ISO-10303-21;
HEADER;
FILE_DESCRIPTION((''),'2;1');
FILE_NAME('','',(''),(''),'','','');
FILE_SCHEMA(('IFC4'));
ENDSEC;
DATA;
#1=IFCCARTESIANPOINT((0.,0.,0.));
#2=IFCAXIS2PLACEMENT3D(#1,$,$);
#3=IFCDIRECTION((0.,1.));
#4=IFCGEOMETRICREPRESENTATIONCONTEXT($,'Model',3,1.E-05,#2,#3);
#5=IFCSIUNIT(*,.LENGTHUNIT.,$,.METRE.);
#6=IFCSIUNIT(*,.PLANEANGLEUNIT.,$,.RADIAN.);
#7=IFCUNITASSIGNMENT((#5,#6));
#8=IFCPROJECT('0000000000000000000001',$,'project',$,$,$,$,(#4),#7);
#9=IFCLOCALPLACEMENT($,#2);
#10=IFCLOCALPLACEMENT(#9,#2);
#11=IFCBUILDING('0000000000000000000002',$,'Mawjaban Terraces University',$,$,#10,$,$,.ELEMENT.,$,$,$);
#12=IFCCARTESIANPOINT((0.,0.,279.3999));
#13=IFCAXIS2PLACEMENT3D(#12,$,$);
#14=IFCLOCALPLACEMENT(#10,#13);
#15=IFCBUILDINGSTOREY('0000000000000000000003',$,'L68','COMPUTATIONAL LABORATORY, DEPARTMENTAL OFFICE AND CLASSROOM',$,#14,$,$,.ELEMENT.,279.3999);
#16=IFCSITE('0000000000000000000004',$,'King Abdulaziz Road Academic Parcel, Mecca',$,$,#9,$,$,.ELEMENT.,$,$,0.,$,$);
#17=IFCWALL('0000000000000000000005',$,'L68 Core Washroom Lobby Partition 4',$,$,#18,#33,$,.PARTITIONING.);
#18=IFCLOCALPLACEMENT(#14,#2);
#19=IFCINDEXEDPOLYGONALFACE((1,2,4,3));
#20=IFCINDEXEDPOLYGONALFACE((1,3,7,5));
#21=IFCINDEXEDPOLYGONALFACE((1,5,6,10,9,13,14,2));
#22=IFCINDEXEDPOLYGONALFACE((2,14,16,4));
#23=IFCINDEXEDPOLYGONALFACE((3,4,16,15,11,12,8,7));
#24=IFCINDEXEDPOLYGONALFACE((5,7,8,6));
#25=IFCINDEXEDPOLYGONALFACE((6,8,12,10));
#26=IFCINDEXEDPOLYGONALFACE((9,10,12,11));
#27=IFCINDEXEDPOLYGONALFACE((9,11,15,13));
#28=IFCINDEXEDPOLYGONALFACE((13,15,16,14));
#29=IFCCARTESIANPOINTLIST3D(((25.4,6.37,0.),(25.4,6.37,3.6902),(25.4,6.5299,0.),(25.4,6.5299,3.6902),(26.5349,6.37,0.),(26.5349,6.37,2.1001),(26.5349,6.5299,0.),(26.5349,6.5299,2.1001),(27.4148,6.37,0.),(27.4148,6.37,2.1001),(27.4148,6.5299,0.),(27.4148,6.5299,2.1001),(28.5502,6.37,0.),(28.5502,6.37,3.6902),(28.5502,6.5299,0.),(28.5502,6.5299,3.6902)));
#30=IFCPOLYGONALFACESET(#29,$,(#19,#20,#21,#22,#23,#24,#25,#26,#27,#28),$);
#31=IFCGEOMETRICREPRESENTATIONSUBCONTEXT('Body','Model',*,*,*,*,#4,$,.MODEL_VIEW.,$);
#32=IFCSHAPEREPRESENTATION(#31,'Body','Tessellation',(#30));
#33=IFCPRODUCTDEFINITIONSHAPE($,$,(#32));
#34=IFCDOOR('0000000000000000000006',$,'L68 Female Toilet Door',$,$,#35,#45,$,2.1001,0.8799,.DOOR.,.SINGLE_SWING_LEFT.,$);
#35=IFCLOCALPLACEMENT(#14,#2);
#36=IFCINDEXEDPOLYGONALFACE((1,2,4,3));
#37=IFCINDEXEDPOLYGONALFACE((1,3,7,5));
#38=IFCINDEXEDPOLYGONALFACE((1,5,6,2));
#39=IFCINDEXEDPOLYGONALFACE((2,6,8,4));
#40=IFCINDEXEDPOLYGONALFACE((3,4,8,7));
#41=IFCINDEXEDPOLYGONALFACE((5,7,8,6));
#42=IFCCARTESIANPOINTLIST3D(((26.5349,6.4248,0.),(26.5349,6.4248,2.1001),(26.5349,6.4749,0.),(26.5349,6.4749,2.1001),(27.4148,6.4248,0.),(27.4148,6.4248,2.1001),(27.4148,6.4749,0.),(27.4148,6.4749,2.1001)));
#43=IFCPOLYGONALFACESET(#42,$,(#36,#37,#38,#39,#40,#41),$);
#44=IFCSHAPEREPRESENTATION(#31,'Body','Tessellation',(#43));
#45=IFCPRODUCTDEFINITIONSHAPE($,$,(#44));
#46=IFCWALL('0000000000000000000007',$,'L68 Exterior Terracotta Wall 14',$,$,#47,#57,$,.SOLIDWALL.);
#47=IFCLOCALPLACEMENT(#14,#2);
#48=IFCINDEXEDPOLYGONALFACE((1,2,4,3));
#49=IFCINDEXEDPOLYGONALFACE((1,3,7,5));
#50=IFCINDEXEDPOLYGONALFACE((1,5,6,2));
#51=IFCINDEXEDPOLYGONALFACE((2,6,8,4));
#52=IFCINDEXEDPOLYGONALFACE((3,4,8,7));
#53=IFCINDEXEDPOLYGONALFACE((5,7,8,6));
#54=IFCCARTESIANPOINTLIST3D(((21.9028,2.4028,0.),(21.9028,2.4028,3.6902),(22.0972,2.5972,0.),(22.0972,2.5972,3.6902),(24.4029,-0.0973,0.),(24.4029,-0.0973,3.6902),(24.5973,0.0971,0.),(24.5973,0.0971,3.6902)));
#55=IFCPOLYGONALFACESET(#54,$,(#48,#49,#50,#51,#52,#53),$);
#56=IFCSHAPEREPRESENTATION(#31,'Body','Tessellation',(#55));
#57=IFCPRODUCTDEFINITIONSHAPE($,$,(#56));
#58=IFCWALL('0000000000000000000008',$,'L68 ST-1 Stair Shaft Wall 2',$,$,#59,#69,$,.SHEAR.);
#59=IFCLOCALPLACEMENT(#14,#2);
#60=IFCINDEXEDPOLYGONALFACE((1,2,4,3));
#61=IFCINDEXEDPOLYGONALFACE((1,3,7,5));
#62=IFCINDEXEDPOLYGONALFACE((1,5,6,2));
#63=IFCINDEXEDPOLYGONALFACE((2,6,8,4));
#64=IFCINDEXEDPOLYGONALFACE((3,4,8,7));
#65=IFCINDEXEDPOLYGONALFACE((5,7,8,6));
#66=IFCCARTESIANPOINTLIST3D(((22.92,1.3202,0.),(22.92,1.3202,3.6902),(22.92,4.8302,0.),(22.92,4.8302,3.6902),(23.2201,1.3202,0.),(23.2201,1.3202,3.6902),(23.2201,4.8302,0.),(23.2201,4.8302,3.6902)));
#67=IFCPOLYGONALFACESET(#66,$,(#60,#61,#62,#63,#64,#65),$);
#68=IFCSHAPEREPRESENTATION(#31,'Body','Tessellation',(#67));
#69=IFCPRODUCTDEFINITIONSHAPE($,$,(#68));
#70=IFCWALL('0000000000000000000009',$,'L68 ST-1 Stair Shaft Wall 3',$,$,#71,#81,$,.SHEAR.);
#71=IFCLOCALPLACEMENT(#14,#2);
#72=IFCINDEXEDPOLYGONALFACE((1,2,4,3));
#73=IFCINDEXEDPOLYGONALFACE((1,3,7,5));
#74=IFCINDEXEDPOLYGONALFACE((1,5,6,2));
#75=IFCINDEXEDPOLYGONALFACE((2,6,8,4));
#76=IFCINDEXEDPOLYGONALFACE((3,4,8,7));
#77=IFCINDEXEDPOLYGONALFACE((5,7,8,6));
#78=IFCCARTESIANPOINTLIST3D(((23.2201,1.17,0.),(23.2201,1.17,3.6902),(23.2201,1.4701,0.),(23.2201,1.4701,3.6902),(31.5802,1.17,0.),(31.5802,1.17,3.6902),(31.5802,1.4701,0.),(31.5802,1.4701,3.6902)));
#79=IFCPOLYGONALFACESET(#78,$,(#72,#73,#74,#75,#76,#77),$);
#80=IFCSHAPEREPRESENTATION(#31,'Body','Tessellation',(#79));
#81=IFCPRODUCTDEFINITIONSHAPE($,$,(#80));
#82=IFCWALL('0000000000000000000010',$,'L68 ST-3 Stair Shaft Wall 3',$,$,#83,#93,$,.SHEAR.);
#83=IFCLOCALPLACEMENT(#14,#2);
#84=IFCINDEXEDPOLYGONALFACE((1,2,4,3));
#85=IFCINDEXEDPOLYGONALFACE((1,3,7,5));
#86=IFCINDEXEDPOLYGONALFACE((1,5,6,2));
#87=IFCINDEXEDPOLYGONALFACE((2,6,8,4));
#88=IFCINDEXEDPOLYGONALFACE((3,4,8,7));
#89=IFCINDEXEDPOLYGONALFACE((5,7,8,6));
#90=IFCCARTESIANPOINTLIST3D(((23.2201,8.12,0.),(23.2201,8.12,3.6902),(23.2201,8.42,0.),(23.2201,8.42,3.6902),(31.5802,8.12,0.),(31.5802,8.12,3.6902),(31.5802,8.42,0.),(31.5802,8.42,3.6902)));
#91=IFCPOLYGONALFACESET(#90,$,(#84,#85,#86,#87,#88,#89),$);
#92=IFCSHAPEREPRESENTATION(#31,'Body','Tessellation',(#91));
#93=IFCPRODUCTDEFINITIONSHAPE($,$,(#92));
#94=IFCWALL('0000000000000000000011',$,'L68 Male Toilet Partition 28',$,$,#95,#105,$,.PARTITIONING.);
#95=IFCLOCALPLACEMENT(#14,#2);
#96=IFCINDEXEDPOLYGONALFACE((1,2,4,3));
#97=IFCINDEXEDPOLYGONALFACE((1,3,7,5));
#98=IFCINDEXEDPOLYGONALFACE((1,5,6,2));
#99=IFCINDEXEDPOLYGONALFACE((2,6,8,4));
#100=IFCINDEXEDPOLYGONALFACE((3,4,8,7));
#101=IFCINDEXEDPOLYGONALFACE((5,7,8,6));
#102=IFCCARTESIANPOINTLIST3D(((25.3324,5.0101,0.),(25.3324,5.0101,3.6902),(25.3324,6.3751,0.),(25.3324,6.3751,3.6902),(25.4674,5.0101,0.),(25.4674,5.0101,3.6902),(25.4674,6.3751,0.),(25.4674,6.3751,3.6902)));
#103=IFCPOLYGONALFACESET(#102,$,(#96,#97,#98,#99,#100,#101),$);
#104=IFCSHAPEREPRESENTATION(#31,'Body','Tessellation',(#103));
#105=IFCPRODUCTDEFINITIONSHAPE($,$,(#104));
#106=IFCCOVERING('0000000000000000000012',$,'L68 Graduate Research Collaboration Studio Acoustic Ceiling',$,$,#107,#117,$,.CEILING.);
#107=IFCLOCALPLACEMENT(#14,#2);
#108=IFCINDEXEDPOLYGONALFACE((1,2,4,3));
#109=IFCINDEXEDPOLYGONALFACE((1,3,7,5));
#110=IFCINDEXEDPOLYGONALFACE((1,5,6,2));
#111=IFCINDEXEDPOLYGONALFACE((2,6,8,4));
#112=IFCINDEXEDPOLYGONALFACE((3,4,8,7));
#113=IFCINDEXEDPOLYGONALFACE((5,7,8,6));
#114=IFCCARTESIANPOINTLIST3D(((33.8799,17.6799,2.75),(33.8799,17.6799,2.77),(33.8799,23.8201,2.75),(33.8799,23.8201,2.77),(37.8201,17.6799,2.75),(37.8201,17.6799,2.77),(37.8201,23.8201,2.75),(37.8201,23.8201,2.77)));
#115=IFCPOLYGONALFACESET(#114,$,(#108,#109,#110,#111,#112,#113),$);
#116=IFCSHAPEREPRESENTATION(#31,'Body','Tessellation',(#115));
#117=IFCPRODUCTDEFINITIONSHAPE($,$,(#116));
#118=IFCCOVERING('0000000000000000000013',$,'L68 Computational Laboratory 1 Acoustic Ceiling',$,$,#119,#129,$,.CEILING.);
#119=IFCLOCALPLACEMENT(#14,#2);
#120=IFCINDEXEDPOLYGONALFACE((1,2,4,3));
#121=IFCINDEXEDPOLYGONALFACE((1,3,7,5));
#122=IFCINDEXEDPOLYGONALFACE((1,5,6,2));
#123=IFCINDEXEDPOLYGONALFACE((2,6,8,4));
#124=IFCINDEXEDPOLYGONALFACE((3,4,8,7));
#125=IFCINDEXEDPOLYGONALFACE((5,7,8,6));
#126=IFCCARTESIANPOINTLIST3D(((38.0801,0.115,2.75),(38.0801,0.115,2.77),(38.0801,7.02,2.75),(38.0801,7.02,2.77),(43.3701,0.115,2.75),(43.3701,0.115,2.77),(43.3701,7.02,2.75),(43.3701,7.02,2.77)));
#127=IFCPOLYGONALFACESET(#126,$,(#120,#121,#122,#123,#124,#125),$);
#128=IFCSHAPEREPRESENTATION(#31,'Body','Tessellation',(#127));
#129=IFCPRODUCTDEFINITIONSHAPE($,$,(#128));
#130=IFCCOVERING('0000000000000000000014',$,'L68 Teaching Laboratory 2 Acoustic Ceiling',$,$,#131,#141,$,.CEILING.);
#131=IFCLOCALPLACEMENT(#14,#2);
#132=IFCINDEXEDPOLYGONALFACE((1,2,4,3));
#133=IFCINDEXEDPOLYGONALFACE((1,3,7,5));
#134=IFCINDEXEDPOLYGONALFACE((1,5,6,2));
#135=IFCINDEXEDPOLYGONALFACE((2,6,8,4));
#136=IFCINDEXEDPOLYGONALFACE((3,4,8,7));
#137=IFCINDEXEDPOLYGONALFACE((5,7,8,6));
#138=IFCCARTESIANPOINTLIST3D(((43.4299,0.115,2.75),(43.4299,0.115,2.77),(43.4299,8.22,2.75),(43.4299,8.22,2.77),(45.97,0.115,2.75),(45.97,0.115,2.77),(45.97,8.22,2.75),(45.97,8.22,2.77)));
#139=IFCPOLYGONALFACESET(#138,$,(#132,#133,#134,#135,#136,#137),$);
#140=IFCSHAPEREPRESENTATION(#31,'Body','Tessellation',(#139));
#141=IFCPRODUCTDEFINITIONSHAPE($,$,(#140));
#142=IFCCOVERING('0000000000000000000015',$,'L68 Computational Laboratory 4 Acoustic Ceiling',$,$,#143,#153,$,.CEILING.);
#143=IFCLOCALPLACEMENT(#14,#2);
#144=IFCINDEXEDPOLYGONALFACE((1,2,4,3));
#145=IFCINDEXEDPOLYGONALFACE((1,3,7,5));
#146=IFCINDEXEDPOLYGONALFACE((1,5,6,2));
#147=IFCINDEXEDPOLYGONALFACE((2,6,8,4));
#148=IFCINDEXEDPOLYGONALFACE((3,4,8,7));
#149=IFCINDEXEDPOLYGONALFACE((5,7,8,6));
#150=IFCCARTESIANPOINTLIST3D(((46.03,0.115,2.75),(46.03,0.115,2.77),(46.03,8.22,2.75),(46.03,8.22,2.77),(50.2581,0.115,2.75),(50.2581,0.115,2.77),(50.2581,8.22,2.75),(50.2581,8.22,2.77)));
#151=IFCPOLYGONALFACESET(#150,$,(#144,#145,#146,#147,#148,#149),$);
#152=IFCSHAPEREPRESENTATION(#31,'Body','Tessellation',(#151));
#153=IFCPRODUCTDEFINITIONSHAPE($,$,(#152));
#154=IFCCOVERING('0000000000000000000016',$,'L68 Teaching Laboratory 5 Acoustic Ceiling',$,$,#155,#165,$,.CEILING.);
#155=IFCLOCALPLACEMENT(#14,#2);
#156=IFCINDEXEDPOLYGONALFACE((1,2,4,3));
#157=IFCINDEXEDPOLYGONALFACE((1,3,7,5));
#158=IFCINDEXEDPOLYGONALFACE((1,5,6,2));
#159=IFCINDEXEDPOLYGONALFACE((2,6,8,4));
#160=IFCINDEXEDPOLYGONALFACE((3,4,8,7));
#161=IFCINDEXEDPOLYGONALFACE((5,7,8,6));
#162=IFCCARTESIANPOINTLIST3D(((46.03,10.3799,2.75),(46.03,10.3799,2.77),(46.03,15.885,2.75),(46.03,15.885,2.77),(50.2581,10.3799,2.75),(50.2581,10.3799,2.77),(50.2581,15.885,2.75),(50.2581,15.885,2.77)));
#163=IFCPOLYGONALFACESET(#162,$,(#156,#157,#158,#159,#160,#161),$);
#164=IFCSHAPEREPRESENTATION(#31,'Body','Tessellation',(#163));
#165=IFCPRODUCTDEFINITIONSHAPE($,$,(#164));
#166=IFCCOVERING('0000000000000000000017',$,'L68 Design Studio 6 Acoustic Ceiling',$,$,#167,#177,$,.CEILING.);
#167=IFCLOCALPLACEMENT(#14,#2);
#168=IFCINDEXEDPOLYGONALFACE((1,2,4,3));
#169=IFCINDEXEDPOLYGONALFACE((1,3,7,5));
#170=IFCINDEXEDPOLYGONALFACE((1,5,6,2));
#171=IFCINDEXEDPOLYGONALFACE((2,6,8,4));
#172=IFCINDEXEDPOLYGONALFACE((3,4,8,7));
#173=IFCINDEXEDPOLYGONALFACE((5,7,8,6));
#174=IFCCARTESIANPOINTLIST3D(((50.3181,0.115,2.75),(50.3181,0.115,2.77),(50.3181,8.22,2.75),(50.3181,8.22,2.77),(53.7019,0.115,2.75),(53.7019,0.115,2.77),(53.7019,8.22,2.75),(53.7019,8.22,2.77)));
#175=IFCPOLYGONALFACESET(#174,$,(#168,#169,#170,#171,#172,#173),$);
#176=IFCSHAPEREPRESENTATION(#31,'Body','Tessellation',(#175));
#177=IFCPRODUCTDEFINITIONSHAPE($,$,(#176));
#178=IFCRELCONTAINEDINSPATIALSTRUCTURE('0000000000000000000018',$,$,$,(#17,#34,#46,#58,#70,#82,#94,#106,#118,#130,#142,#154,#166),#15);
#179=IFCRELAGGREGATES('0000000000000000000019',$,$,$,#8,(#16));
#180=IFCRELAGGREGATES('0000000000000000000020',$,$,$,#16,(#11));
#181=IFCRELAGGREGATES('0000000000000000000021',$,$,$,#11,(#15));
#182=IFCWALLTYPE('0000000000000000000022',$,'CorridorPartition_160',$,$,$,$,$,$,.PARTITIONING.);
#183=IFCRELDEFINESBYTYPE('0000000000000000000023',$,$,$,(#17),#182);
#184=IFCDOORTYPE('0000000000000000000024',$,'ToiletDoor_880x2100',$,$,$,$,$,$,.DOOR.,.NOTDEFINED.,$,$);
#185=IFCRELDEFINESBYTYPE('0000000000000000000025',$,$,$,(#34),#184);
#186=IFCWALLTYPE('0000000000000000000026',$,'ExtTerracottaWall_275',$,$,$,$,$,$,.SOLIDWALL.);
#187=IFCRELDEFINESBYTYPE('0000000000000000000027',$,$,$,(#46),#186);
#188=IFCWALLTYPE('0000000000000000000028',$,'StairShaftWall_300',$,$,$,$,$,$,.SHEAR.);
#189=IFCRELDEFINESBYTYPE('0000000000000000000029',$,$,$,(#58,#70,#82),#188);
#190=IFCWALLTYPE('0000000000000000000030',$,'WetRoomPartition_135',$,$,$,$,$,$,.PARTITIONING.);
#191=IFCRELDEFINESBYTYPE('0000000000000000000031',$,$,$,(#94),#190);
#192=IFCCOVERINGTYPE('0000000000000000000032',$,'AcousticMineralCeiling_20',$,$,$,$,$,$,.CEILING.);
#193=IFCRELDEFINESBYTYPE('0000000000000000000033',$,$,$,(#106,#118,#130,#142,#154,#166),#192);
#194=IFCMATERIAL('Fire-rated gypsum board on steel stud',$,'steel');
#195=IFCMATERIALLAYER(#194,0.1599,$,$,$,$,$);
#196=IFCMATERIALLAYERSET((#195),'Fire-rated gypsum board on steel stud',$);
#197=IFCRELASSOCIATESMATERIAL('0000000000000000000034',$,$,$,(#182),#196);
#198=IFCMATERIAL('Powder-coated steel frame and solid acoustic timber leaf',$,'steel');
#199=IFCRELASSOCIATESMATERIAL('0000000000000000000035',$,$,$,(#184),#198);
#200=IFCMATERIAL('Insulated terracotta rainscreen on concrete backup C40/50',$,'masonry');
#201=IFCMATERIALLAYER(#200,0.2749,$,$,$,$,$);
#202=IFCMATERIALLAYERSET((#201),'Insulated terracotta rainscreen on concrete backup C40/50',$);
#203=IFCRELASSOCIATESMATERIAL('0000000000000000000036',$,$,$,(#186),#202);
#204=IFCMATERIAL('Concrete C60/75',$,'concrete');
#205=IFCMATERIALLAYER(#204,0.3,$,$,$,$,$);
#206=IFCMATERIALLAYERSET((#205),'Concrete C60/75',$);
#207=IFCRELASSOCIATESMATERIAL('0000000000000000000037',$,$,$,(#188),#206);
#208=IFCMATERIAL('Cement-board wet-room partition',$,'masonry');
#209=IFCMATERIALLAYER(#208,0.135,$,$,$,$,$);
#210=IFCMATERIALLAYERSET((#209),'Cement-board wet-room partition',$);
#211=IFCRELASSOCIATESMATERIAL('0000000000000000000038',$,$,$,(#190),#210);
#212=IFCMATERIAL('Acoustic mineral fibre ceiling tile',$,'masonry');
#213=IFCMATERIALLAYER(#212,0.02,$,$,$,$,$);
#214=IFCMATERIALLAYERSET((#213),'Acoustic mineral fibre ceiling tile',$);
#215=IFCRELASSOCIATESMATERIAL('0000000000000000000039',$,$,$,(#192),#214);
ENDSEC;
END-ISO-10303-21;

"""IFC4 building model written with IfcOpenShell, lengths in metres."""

from ifc_helpers import new_model, si_unit, direction, frame, frame_2d, origin, place, context, subcontext, project, spatial, polyline, rectangle, outline, extrude, material, layer, layer_set, type_object, element, fill, save


model = new_model("IFC4")

# Units and contexts
model_context = context("Model", 3, precision=1e-05, world=origin(), true_north=direction((0.0, 1.0)))
body_context = subcontext(model_context, "Body", "Model", "MODEL_VIEW")
ifc_project = project(units=[si_unit("LENGTHUNIT", "METRE"), si_unit("PLANEANGLEUNIT", "RADIAN")], contexts=[model_context])

# Site, building, storey
site_placement = place(None, origin())
site = spatial("IfcSite", under=ifc_project, at=site_placement, Name="King Abdulaziz Road Academic Parcel, Mecca", CompositionType="ELEMENT", RefElevation=0.0)
building_placement = place(site_placement, origin())
building = spatial("IfcBuilding", under=site, at=building_placement, Name="Mawjaban Terraces University", CompositionType="ELEMENT")
storey_placement = place(building_placement, frame((0.0, 0.0, 279.3999)))
storey = spatial("IfcBuildingStorey", under=building, at=storey_placement, Name="L68", Description="COMPUTATIONAL LABORATORY, DEPARTMENTAL OFFICE AND CLASSROOM", CompositionType="ELEMENT", Elevation=279.3999)

# Wall, opening, door
ifc_material_1 = material(Name="Fire-rated gypsum board on steel stud", Category="steel")
ifc_layer_1 = layer(ifc_material_1, 0.1599)
ifc_layer_set_1 = layer_set([ifc_layer_1], Name="Fire-rated gypsum board on steel stud")
wall_type_1 = type_object("IfcWallType", Name="CorridorPartition_160", PredefinedType="PARTITIONING", material=ifc_layer_set_1)
ifc_material_2 = material(Name="Powder-coated steel frame and solid acoustic timber leaf", Category="steel")
door_type = type_object("IfcDoorType", Name="ToiletDoor_880x2100", OperationType="NOTDEFINED", PredefinedType="DOOR", material=ifc_material_2)
wall_1_placement = place(storey_placement, frame((25.3999, 6.45, 0.0), z_axis=(0.0, 0.0, 1.0), x_axis=(1.0, 0.0, 0.0)))
wall_1 = element("IfcWall", 1, at=wall_1_placement, inside=storey, type_object=wall_type_1, Name="L68 Core Washroom Lobby Partition 4", PredefinedType="PARTITIONING", context=body_context, shape_type="SweptSolid", body=[
    extrude(rectangle(XDim=3.1501, YDim=0.1599, at=frame_2d((1.5752, 0.0))), origin(), (0.0, 0.0, 1.0), 3.6902),
])
opening_1_placement = place(wall_1_placement, frame((1.135, 0.0, 0.0)))
opening_1 = element("IfcOpeningElement", 2, at=opening_1_placement, cuts=wall_1, PredefinedType="OPENING", context=body_context, shape_type="SweptSolid", body=[
    extrude(rectangle(XDim=0.8799, YDim=2.1001, at=frame_2d((0.4399, 1.05))), frame((0.0, 0.0898, 0.0), z_axis=(0.0, -1.0, 0.0), x_axis=(1.0, 0.0, 0.0)), (0.0, 0.0, 1.0), 0.1799),
])
door_1_placement = place(opening_1_placement, origin())
door_1 = element("IfcDoor", 3, at=door_1_placement, inside=storey, type_object=door_type, Name="L68 Female Toilet Door", OperationType="SINGLE_SWING_LEFT", OverallHeight=2.1001, OverallWidth=0.8799, PredefinedType="DOOR", context=body_context, shape_type="SweptSolid", body=[
    extrude(rectangle(XDim=0.8799, YDim=2.1001, at=frame_2d((0.4399, 1.05))), frame((0.0, 0.0249, 0.0), z_axis=(0.0, -1.0, 0.0), x_axis=(1.0, 0.0, 0.0)), (0.0, 0.0, 1.0), 0.05),
])
fill(opening_1, door_1)

# Walls
ifc_material_3 = material(Name="Insulated terracotta rainscreen on concrete backup C40/50", Category="masonry")
ifc_layer_2 = layer(ifc_material_3, 0.2749)
ifc_layer_set_2 = layer_set([ifc_layer_2], Name="Insulated terracotta rainscreen on concrete backup C40/50")
wall_type_2 = type_object("IfcWallType", Name="ExtTerracottaWall_275", PredefinedType="SOLIDWALL", material=ifc_layer_set_2)
wall_2_placement = place(storey_placement, frame((22.0, 2.5, 0.0), z_axis=(0.0, 0.0, 1.0), x_axis=(0.707107, -0.707107, 0.0)))
element("IfcWall", 4, at=wall_2_placement, inside=storey, type_object=wall_type_2, Name="L68 Exterior Terracotta Wall 14", PredefinedType="SOLIDWALL", context=body_context, shape_type="SweptSolid", body=[
    extrude(rectangle(XDim=3.5356, YDim=0.2749, at=frame_2d((1.7678, 0.0))), origin(), (0.0, 0.0, 1.0), 3.6902),
])
ifc_material_4 = material(Name="Concrete C60/75", Category="concrete")
ifc_layer_3 = layer(ifc_material_4, 0.3)
ifc_layer_set_3 = layer_set([ifc_layer_3], Name="Concrete C60/75")
wall_type_3 = type_object("IfcWallType", Name="StairShaftWall_300", PredefinedType="SHEAR", material=ifc_layer_set_3)
wall_3_placement = place(storey_placement, frame((23.0701, 4.8301, 0.0), z_axis=(0.0, 0.0, 1.0), x_axis=(0.0, -1.0, 0.0)))
element("IfcWall", 5, at=wall_3_placement, inside=storey, type_object=wall_type_3, Name="L68 ST-1 Stair Shaft Wall 2", PredefinedType="SHEAR", context=body_context, shape_type="SweptSolid", body=[
    extrude(rectangle(XDim=3.51, YDim=0.3, at=frame_2d((1.7549, 0.0))), origin(), (0.0, 0.0, 1.0), 3.6902),
])
for number, where, z_axis, x_axis, name in (
    (6, (23.22, 1.3201, 0.0), (0.0, 0.0, 1.0), (1.0, 0.0, 0.0), "L68 ST-1 Stair Shaft Wall 3"),
    (7, (23.22, 8.27, 0.0), (0.0, 0.0, 1.0), (1.0, 0.0, 0.0), "L68 ST-3 Stair Shaft Wall 3"),
):
    element("IfcWall", number, at=place(storey_placement, frame(where, z_axis=z_axis, x_axis=x_axis)), inside=storey, type_object=wall_type_3, Name=name, PredefinedType="SHEAR", context=body_context, shape_type="SweptSolid", body=[
        extrude(rectangle(XDim=8.3601, YDim=0.3, at=frame_2d((4.1802, 0.0))), origin(), (0.0, 0.0, 1.0), 3.6902),
    ])
ifc_material_5 = material(Name="Cement-board wet-room partition", Category="masonry")
ifc_layer_4 = layer(ifc_material_5, 0.135)
ifc_layer_set_4 = layer_set([ifc_layer_4], Name="Cement-board wet-room partition")
wall_type_4 = type_object("IfcWallType", Name="WetRoomPartition_135", PredefinedType="PARTITIONING", material=ifc_layer_set_4)
wall_4_placement = place(storey_placement, frame((25.3999, 5.01, 0.0), z_axis=(0.0, 0.0, 1.0), x_axis=(0.0, 1.0, 0.0)))
element("IfcWall", 8, at=wall_4_placement, inside=storey, type_object=wall_type_4, Name="L68 Male Toilet Partition 28", PredefinedType="PARTITIONING", context=body_context, shape_type="SweptSolid", body=[
    extrude(rectangle(XDim=1.365, YDim=0.135, at=frame_2d((0.6826, 0.0))), origin(), (0.0, 0.0, 1.0), 3.6902),
])

# Coverings
ifc_material_6 = material(Name="Acoustic mineral fibre ceiling tile", Category="masonry")
ifc_layer_5 = layer(ifc_material_6, 0.02)
ifc_layer_set_5 = layer_set([ifc_layer_5], Name="Acoustic mineral fibre ceiling tile")
covering_type_1 = type_object("IfcCoveringType", Name="AcousticMineralCeiling_20", PredefinedType="CEILING", material=ifc_layer_set_5)
covering_1_placement = place(storey_placement, frame((0.0, 0.0, 2.75)))
element("IfcCovering", 9, at=covering_1_placement, inside=storey, type_object=covering_type_1, Name="L68 Graduate Research Collaboration Studio Acoustic Ceiling", PredefinedType="CEILING", context=body_context, shape_type="SweptSolid", body=[
    extrude(outline(polyline([(37.8201, 17.6799), (37.8201, 23.8201), (33.8799, 23.8201), (33.8799, 17.6799), (37.8201, 17.6799)])), origin(), (0.0, 0.0, 1.0), 0.02),
])
covering_2_placement = place(storey_placement, frame((0.0, 0.0, 2.75)))
element("IfcCovering", 10, at=covering_2_placement, inside=storey, type_object=covering_type_1, Name="L68 Computational Laboratory 1 Acoustic Ceiling", PredefinedType="CEILING", context=body_context, shape_type="SweptSolid", body=[
    extrude(outline(polyline([(38.0801, 7.02), (38.0801, 0.115), (43.3701, 0.115), (43.3701, 7.02), (38.0801, 7.02)])), origin(), (0.0, 0.0, 1.0), 0.02),
])
covering_3_placement = place(storey_placement, frame((0.0, 0.0, 2.75)))
element("IfcCovering", 11, at=covering_3_placement, inside=storey, type_object=covering_type_1, Name="L68 Teaching Laboratory 2 Acoustic Ceiling", PredefinedType="CEILING", context=body_context, shape_type="SweptSolid", body=[
    extrude(outline(polyline([(43.4299, 0.115), (45.97, 0.115), (45.97, 8.22), (43.4299, 8.22), (43.4299, 0.115)])), origin(), (0.0, 0.0, 1.0), 0.02),
])
covering_4_placement = place(storey_placement, frame((0.0, 0.0, 2.75)))
element("IfcCovering", 12, at=covering_4_placement, inside=storey, type_object=covering_type_1, Name="L68 Computational Laboratory 4 Acoustic Ceiling", PredefinedType="CEILING", context=body_context, shape_type="SweptSolid", body=[
    extrude(outline(polyline([(46.03, 0.115), (50.2581, 0.115), (50.2581, 8.22), (46.03, 8.22), (46.03, 0.115)])), origin(), (0.0, 0.0, 1.0), 0.02),
])
covering_5_placement = place(storey_placement, frame((0.0, 0.0, 2.75)))
element("IfcCovering", 13, at=covering_5_placement, inside=storey, type_object=covering_type_1, Name="L68 Teaching Laboratory 5 Acoustic Ceiling", PredefinedType="CEILING", context=body_context, shape_type="SweptSolid", body=[
    extrude(outline(polyline([(50.2581, 15.885), (46.03, 15.885), (46.03, 10.3799), (50.2581, 10.3799), (50.2581, 15.885)])), origin(), (0.0, 0.0, 1.0), 0.02),
])
covering_6_placement = place(storey_placement, frame((0.0, 0.0, 2.75)))
element("IfcCovering", 14, at=covering_6_placement, inside=storey, type_object=covering_type_1, Name="L68 Design Studio 6 Acoustic Ceiling", PredefinedType="CEILING", context=body_context, shape_type="SweptSolid", body=[
    extrude(outline(polyline([(50.3181, 0.115), (53.7019, 0.115), (53.7019, 8.22), (50.3181, 8.22), (50.3181, 0.115)])), origin(), (0.0, 0.0, 1.0), 0.02),
])

save(model, "model.ifc")
